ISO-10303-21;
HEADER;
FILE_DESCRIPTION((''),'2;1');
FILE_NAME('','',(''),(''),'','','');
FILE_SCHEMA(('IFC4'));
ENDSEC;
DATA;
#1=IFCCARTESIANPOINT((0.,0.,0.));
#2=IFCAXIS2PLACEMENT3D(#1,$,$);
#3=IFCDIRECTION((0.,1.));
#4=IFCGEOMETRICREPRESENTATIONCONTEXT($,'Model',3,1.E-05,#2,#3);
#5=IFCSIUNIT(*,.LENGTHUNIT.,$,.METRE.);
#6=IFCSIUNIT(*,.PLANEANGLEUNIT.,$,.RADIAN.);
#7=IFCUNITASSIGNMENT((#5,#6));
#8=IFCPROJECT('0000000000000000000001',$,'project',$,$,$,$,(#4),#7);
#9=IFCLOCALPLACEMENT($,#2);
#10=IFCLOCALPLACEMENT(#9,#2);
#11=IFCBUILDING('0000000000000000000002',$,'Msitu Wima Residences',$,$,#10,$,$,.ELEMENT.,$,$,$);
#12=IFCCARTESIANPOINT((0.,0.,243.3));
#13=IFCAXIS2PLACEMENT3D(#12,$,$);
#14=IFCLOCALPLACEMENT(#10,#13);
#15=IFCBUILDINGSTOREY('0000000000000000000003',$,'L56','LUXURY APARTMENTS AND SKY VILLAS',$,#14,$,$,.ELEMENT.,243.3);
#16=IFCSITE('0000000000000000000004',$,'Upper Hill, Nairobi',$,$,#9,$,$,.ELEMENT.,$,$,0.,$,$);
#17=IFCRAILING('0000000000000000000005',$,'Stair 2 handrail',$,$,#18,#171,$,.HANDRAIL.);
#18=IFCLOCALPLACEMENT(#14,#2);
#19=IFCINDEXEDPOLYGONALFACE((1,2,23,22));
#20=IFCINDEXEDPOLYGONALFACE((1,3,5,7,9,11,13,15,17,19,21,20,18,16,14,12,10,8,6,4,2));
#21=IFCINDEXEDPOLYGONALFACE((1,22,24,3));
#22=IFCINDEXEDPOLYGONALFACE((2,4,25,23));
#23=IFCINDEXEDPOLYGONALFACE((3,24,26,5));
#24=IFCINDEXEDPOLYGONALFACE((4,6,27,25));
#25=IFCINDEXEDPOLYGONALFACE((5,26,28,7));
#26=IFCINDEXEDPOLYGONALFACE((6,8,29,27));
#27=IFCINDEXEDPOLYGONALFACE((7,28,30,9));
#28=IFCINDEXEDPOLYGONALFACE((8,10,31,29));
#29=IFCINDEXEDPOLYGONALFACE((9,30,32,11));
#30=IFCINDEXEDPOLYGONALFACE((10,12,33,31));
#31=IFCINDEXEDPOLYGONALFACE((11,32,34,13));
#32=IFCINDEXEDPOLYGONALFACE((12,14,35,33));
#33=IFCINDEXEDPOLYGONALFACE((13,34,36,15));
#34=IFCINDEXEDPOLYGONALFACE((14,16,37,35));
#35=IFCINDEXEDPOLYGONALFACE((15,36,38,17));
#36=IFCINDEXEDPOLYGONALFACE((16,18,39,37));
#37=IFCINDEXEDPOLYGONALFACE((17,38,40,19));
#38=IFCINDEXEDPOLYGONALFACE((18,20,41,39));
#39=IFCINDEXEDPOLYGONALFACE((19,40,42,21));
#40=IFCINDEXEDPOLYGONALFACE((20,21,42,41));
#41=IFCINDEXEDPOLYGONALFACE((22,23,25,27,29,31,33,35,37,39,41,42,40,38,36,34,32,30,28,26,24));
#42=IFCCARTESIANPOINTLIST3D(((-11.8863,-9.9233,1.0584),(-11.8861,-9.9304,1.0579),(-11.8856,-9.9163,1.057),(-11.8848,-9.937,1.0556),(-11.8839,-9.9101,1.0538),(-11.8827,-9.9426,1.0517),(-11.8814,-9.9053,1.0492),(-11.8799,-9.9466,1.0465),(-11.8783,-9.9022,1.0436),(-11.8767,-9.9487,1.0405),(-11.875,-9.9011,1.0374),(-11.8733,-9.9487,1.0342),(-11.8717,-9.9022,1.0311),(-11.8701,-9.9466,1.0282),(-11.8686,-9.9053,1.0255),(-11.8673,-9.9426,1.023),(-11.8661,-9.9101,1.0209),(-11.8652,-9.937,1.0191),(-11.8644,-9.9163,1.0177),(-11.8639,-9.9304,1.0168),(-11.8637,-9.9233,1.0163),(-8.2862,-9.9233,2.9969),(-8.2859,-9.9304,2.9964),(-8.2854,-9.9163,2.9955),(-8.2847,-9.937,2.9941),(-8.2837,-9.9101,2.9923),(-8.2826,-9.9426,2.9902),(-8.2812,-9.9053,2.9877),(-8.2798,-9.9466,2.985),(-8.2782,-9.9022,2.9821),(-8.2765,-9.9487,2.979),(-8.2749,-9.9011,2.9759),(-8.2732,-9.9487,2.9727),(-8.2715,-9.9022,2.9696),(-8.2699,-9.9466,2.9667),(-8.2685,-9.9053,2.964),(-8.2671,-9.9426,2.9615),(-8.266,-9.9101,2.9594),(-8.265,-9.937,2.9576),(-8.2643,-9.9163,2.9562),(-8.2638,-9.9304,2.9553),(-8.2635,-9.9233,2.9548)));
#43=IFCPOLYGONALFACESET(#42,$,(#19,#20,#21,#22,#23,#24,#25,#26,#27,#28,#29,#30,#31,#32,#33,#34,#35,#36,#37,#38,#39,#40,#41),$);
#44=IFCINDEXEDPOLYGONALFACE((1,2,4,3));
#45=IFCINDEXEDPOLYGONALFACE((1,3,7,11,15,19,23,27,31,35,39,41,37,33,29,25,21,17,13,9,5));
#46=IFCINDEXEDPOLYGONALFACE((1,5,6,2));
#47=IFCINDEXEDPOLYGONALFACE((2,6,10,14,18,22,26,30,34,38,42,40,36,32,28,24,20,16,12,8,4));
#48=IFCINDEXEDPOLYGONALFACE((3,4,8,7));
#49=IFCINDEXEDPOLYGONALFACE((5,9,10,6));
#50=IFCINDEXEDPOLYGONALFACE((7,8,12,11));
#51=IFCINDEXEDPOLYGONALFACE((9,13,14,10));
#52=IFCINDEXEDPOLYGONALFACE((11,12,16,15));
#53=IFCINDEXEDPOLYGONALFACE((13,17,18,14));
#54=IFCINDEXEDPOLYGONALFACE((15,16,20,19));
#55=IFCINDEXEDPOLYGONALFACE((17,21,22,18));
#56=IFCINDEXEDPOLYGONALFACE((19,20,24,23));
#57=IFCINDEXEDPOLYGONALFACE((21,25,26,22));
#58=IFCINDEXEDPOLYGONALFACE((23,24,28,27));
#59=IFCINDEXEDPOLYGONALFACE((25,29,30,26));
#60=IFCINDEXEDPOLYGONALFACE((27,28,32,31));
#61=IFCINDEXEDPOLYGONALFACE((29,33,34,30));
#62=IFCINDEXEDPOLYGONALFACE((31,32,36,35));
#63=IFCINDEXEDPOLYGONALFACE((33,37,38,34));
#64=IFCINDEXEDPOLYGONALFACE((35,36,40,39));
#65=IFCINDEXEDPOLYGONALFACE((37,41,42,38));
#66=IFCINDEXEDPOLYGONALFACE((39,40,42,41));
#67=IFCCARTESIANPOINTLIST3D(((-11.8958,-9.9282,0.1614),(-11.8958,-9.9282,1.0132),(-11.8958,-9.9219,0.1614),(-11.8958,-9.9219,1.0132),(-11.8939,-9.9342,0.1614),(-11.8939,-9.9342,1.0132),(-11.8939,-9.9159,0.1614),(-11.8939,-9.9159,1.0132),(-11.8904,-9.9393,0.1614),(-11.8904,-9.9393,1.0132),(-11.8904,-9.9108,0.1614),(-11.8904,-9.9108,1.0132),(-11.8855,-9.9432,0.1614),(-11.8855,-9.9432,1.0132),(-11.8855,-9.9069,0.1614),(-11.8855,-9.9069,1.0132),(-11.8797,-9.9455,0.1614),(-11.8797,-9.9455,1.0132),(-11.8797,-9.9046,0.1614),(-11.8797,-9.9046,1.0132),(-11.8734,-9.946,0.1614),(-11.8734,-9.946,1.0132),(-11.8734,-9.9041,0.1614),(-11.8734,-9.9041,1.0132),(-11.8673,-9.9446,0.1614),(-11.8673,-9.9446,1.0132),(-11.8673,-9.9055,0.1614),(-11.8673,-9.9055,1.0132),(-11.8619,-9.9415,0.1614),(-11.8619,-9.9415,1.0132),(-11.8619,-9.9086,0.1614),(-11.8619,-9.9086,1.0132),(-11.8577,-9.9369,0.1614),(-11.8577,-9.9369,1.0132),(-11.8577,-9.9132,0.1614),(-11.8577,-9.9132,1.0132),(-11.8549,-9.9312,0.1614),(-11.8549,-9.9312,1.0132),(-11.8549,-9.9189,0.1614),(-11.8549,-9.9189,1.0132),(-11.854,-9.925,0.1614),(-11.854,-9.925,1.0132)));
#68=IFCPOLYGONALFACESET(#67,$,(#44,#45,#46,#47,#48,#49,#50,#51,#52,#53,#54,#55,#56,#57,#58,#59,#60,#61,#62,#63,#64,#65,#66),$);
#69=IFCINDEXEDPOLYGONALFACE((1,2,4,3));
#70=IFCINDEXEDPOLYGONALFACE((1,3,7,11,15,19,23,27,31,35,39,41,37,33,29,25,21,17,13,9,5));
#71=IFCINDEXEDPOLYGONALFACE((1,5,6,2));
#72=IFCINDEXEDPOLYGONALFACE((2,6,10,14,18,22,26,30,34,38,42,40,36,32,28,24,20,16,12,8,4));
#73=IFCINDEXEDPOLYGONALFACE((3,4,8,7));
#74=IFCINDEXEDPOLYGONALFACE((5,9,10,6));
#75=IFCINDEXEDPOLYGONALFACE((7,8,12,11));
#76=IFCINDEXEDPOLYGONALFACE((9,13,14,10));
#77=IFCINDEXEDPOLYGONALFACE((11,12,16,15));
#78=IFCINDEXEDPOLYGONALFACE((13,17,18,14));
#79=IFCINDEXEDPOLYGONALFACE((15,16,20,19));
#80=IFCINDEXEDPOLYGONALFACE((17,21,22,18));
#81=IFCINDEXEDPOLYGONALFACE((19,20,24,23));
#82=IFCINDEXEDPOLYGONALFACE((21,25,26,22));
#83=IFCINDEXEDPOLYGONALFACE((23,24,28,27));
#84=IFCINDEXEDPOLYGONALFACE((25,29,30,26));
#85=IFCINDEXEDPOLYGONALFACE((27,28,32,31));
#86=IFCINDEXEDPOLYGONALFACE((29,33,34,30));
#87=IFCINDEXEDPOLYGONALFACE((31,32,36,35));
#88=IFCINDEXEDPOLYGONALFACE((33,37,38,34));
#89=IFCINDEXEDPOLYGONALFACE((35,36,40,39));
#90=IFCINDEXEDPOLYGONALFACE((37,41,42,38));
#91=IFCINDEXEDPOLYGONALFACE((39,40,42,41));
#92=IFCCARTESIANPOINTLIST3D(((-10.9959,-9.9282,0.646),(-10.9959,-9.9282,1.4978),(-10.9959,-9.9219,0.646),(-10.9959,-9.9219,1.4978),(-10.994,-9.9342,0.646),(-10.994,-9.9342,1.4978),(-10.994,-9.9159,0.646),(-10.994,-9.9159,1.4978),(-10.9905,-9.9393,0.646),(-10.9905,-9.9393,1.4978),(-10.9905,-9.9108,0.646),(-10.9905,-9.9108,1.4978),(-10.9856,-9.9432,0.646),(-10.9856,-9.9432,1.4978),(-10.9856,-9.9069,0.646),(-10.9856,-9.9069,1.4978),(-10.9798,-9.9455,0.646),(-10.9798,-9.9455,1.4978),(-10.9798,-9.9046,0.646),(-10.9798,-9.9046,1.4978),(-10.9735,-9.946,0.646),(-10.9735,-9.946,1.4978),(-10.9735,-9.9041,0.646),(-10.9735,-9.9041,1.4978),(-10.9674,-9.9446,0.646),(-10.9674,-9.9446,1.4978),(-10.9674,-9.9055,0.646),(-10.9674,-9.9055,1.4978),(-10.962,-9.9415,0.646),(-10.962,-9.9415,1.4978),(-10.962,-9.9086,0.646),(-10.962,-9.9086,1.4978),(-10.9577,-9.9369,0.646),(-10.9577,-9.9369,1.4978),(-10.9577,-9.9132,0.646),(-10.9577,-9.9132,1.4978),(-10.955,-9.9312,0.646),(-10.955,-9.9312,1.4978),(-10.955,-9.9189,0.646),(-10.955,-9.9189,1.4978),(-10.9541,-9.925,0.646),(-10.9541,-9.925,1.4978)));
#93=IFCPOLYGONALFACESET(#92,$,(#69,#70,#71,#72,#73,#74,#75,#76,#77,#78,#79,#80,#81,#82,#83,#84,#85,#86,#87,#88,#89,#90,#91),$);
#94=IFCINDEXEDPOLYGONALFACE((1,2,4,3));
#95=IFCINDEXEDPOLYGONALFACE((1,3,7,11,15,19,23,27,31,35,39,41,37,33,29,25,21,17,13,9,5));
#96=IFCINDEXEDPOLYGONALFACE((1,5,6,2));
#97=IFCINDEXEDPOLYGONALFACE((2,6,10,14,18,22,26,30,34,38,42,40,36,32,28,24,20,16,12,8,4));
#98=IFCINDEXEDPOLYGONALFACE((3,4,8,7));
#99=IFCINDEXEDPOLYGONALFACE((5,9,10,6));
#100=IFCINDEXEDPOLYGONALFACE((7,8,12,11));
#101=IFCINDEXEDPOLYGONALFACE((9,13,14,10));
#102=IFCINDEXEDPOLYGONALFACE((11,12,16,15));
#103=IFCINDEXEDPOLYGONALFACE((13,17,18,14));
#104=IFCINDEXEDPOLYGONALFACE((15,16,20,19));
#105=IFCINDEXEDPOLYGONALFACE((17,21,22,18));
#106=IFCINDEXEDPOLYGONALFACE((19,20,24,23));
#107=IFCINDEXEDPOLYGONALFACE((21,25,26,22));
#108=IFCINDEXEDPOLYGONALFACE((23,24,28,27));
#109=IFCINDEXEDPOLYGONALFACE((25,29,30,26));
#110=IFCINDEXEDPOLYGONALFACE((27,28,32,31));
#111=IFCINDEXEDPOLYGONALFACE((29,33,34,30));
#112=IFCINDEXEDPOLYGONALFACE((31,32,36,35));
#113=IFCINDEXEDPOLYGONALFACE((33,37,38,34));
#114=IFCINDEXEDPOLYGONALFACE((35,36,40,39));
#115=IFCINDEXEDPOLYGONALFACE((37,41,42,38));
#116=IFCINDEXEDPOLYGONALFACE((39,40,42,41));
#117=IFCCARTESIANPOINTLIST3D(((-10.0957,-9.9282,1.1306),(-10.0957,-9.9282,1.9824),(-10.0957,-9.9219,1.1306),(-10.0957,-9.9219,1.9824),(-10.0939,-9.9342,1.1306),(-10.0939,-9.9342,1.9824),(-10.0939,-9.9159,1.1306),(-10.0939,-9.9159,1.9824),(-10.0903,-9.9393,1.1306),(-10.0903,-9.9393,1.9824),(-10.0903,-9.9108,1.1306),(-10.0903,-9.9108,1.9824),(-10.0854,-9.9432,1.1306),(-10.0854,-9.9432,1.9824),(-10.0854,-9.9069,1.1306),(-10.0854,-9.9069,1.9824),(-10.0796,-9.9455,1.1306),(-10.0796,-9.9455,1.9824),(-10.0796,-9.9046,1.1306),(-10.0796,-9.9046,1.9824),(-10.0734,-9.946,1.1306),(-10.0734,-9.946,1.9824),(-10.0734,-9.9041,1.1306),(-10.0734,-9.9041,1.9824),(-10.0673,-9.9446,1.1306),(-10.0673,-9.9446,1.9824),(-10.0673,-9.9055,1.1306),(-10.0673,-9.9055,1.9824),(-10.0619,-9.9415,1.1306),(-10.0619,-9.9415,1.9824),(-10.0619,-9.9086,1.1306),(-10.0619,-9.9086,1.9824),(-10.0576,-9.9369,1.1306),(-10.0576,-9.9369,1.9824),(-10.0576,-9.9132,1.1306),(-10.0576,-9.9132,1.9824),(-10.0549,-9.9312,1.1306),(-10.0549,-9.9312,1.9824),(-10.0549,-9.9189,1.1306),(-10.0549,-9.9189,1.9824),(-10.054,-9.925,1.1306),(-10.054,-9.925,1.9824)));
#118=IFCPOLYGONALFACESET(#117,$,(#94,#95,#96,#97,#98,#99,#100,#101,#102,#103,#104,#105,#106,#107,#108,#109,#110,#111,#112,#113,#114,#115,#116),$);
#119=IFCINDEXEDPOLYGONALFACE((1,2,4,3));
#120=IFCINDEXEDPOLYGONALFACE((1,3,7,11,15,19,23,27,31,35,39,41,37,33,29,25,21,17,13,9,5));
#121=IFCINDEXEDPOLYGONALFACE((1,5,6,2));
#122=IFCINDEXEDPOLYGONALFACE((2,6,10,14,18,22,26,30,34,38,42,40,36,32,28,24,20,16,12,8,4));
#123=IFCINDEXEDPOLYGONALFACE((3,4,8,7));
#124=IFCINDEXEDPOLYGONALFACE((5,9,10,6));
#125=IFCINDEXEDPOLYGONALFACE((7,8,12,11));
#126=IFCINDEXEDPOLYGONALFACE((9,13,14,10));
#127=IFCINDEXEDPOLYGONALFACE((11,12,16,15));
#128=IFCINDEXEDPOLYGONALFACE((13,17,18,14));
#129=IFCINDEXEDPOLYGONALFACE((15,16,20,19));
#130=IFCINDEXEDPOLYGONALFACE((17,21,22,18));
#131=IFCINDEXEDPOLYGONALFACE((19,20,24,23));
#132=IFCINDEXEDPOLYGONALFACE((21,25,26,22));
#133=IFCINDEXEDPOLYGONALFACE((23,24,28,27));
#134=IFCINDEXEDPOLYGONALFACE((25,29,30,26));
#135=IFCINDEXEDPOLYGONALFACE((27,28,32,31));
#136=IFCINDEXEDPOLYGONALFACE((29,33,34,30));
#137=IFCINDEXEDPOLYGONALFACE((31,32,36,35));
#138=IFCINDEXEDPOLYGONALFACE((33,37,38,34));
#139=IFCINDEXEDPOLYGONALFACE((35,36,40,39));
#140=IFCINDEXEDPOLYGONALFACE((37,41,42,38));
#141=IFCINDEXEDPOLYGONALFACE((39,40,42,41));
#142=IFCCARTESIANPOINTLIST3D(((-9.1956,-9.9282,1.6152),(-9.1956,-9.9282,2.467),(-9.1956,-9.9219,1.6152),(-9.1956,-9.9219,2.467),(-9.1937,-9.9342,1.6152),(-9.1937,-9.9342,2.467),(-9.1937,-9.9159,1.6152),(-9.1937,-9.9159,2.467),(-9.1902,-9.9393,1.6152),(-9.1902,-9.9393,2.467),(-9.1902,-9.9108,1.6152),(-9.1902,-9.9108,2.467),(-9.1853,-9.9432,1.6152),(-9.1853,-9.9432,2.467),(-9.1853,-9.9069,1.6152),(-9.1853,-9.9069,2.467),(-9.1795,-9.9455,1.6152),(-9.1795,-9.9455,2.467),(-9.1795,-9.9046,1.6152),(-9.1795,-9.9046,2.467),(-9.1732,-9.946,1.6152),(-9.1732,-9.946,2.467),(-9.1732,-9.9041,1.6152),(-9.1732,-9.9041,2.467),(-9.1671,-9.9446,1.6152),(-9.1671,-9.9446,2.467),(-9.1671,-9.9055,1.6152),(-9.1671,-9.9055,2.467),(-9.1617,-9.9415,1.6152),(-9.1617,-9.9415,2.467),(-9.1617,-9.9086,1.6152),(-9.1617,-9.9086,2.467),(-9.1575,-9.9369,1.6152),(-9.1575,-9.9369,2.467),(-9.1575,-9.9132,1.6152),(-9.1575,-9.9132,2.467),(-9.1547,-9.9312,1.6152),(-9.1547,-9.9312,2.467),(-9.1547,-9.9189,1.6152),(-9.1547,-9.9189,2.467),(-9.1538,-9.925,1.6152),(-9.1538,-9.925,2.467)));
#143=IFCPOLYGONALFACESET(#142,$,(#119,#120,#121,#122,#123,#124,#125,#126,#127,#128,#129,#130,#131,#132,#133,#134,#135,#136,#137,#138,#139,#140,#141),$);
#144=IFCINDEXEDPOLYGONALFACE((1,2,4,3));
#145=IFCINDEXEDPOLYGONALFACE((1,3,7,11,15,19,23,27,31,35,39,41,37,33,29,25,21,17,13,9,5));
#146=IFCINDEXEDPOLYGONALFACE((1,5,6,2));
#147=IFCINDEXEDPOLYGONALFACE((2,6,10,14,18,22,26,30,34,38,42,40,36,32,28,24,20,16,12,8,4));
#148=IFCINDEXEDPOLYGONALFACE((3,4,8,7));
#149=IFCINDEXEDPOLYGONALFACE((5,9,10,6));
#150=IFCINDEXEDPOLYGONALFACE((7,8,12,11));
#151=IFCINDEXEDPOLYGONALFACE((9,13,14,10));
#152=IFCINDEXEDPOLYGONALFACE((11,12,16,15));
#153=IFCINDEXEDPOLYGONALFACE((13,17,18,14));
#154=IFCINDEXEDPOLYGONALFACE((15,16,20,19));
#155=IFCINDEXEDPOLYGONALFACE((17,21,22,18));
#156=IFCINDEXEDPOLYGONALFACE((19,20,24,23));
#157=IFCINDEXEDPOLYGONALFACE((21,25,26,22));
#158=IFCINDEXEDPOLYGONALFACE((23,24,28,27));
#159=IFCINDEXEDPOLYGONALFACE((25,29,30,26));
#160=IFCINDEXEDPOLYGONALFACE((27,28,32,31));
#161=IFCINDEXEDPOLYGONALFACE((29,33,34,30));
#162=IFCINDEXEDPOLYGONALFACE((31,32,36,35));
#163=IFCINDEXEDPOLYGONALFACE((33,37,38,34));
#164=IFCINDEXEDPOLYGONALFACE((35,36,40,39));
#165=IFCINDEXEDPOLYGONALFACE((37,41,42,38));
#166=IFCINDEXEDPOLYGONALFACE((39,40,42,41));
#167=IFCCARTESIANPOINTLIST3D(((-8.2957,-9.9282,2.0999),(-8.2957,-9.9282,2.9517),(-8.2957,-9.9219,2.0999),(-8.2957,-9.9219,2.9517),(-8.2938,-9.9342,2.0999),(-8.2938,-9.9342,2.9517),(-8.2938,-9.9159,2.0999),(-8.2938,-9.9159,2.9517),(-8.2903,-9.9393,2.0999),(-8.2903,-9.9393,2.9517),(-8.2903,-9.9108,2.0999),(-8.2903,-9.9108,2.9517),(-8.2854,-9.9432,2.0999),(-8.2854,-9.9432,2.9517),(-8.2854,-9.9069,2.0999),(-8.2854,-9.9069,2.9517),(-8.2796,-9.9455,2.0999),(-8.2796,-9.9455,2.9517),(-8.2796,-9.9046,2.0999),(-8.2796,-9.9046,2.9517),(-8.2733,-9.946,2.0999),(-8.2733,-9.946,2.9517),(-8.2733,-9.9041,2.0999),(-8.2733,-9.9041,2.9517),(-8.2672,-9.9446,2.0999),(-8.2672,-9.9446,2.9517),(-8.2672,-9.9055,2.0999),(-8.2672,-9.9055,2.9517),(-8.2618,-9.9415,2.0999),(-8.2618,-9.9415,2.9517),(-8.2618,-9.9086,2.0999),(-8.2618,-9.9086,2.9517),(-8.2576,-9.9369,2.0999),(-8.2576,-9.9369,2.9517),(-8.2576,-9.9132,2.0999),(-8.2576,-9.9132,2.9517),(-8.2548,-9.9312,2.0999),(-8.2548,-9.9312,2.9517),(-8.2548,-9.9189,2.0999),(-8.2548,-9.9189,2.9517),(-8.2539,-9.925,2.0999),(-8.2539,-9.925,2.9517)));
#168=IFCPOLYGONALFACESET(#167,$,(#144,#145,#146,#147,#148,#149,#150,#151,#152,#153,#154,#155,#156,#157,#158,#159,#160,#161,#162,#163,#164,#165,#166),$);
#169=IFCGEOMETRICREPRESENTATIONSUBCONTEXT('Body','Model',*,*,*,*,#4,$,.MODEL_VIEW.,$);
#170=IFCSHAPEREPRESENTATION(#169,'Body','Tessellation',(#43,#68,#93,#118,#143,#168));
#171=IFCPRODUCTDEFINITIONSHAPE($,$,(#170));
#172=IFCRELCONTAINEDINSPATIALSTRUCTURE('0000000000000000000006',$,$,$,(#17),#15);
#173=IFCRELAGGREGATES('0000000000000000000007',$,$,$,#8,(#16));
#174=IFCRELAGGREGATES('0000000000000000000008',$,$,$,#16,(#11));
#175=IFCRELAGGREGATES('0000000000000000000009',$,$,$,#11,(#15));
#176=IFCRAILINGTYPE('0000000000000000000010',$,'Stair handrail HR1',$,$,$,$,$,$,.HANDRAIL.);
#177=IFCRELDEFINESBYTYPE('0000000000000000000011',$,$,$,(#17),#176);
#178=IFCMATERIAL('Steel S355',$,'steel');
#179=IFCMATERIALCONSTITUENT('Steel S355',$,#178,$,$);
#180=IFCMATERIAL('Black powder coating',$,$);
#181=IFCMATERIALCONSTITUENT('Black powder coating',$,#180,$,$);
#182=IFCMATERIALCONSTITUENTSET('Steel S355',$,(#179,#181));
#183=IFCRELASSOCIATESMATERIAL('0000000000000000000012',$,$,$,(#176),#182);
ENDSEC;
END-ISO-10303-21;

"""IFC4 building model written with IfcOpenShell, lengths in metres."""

from ifc_helpers import new_model, si_unit, direction, frame, origin, origin_2d, place, context, subcontext, project, spatial, circle, extrude, material, constituent, constituent_set, type_object, element, save


model = new_model("IFC4")

# Units and contexts
model_context = context("Model", 3, precision=1e-05, world=origin(), true_north=direction((0.0, 1.0)))
body_context = subcontext(model_context, "Body", "Model", "MODEL_VIEW")
ifc_project = project(units=[si_unit("LENGTHUNIT", "METRE"), si_unit("PLANEANGLEUNIT", "RADIAN")], contexts=[model_context])

# Site, building, storey
site_placement = place(None, origin())
site = spatial("IfcSite", under=ifc_project, at=site_placement, Name="Upper Hill, Nairobi", CompositionType="ELEMENT", RefElevation=0.0)
building_placement = place(site_placement, origin())
building = spatial("IfcBuilding", under=site, at=building_placement, Name="Msitu Wima Residences", CompositionType="ELEMENT")
storey_placement = place(building_placement, frame((0.0, 0.0, 243.3)))
storey = spatial("IfcBuildingStorey", under=building, at=storey_placement, Name="L56", Description="LUXURY APARTMENTS AND SKY VILLAS", CompositionType="ELEMENT", Elevation=243.3)

# Railing
ifc_material_1 = material(Name="Steel S355", Category="steel")
ifc_constituent_1 = constituent(ifc_material_1, Name="Steel S355")
ifc_material_2 = material(Name="Black powder coating")
ifc_constituent_2 = constituent(ifc_material_2, Name="Black powder coating")
ifc_constituent_set = constituent_set(constituents=[ifc_constituent_1, ifc_constituent_2], Name="Steel S355")
railing_type = type_object("IfcRailingType", Name="Stair handrail HR1", PredefinedType="HANDRAIL", material=ifc_constituent_set)
for number, where, name in (
    (1, (-11.875, -9.925, 0.1614), "Stair 2 handrail"),
):
    element("IfcRailing", number, at=place(storey_placement, frame(where)), inside=storey, type_object=railing_type, Name=name, PredefinedType="HANDRAIL", context=body_context, shape_type="SweptSolid", body=[
        extrude(circle(Radius=0.0239, at=origin_2d()), frame((0.0, 0.0, 0.876), z_axis=(0.880475, 0.0, 0.474093), x_axis=(0.0, 1.0, 0.0)), (0.0, 0.0, 1.0), 4.0889),
        extrude(circle(Radius=0.021, at=origin_2d()), origin(), (0.0, 0.0, 1.0), 0.8518),
        extrude(circle(Radius=0.021, at=origin_2d()), frame((0.8999, 0.0, 0.4846)), (0.0, 0.0, 1.0), 0.8518),
        extrude(circle(Radius=0.021, at=origin_2d()), frame((1.8, 0.0, 0.9692)), (0.0, 0.0, 1.0), 0.8518),
        extrude(circle(Radius=0.021, at=origin_2d()), frame((2.7002, 0.0, 1.4539)), (0.0, 0.0, 1.0), 0.8518),
        extrude(circle(Radius=0.021, at=origin_2d()), frame((3.6001, 0.0, 1.9385)), (0.0, 0.0, 1.0), 0.8518),
    ])

save(model, "model.ifc")
